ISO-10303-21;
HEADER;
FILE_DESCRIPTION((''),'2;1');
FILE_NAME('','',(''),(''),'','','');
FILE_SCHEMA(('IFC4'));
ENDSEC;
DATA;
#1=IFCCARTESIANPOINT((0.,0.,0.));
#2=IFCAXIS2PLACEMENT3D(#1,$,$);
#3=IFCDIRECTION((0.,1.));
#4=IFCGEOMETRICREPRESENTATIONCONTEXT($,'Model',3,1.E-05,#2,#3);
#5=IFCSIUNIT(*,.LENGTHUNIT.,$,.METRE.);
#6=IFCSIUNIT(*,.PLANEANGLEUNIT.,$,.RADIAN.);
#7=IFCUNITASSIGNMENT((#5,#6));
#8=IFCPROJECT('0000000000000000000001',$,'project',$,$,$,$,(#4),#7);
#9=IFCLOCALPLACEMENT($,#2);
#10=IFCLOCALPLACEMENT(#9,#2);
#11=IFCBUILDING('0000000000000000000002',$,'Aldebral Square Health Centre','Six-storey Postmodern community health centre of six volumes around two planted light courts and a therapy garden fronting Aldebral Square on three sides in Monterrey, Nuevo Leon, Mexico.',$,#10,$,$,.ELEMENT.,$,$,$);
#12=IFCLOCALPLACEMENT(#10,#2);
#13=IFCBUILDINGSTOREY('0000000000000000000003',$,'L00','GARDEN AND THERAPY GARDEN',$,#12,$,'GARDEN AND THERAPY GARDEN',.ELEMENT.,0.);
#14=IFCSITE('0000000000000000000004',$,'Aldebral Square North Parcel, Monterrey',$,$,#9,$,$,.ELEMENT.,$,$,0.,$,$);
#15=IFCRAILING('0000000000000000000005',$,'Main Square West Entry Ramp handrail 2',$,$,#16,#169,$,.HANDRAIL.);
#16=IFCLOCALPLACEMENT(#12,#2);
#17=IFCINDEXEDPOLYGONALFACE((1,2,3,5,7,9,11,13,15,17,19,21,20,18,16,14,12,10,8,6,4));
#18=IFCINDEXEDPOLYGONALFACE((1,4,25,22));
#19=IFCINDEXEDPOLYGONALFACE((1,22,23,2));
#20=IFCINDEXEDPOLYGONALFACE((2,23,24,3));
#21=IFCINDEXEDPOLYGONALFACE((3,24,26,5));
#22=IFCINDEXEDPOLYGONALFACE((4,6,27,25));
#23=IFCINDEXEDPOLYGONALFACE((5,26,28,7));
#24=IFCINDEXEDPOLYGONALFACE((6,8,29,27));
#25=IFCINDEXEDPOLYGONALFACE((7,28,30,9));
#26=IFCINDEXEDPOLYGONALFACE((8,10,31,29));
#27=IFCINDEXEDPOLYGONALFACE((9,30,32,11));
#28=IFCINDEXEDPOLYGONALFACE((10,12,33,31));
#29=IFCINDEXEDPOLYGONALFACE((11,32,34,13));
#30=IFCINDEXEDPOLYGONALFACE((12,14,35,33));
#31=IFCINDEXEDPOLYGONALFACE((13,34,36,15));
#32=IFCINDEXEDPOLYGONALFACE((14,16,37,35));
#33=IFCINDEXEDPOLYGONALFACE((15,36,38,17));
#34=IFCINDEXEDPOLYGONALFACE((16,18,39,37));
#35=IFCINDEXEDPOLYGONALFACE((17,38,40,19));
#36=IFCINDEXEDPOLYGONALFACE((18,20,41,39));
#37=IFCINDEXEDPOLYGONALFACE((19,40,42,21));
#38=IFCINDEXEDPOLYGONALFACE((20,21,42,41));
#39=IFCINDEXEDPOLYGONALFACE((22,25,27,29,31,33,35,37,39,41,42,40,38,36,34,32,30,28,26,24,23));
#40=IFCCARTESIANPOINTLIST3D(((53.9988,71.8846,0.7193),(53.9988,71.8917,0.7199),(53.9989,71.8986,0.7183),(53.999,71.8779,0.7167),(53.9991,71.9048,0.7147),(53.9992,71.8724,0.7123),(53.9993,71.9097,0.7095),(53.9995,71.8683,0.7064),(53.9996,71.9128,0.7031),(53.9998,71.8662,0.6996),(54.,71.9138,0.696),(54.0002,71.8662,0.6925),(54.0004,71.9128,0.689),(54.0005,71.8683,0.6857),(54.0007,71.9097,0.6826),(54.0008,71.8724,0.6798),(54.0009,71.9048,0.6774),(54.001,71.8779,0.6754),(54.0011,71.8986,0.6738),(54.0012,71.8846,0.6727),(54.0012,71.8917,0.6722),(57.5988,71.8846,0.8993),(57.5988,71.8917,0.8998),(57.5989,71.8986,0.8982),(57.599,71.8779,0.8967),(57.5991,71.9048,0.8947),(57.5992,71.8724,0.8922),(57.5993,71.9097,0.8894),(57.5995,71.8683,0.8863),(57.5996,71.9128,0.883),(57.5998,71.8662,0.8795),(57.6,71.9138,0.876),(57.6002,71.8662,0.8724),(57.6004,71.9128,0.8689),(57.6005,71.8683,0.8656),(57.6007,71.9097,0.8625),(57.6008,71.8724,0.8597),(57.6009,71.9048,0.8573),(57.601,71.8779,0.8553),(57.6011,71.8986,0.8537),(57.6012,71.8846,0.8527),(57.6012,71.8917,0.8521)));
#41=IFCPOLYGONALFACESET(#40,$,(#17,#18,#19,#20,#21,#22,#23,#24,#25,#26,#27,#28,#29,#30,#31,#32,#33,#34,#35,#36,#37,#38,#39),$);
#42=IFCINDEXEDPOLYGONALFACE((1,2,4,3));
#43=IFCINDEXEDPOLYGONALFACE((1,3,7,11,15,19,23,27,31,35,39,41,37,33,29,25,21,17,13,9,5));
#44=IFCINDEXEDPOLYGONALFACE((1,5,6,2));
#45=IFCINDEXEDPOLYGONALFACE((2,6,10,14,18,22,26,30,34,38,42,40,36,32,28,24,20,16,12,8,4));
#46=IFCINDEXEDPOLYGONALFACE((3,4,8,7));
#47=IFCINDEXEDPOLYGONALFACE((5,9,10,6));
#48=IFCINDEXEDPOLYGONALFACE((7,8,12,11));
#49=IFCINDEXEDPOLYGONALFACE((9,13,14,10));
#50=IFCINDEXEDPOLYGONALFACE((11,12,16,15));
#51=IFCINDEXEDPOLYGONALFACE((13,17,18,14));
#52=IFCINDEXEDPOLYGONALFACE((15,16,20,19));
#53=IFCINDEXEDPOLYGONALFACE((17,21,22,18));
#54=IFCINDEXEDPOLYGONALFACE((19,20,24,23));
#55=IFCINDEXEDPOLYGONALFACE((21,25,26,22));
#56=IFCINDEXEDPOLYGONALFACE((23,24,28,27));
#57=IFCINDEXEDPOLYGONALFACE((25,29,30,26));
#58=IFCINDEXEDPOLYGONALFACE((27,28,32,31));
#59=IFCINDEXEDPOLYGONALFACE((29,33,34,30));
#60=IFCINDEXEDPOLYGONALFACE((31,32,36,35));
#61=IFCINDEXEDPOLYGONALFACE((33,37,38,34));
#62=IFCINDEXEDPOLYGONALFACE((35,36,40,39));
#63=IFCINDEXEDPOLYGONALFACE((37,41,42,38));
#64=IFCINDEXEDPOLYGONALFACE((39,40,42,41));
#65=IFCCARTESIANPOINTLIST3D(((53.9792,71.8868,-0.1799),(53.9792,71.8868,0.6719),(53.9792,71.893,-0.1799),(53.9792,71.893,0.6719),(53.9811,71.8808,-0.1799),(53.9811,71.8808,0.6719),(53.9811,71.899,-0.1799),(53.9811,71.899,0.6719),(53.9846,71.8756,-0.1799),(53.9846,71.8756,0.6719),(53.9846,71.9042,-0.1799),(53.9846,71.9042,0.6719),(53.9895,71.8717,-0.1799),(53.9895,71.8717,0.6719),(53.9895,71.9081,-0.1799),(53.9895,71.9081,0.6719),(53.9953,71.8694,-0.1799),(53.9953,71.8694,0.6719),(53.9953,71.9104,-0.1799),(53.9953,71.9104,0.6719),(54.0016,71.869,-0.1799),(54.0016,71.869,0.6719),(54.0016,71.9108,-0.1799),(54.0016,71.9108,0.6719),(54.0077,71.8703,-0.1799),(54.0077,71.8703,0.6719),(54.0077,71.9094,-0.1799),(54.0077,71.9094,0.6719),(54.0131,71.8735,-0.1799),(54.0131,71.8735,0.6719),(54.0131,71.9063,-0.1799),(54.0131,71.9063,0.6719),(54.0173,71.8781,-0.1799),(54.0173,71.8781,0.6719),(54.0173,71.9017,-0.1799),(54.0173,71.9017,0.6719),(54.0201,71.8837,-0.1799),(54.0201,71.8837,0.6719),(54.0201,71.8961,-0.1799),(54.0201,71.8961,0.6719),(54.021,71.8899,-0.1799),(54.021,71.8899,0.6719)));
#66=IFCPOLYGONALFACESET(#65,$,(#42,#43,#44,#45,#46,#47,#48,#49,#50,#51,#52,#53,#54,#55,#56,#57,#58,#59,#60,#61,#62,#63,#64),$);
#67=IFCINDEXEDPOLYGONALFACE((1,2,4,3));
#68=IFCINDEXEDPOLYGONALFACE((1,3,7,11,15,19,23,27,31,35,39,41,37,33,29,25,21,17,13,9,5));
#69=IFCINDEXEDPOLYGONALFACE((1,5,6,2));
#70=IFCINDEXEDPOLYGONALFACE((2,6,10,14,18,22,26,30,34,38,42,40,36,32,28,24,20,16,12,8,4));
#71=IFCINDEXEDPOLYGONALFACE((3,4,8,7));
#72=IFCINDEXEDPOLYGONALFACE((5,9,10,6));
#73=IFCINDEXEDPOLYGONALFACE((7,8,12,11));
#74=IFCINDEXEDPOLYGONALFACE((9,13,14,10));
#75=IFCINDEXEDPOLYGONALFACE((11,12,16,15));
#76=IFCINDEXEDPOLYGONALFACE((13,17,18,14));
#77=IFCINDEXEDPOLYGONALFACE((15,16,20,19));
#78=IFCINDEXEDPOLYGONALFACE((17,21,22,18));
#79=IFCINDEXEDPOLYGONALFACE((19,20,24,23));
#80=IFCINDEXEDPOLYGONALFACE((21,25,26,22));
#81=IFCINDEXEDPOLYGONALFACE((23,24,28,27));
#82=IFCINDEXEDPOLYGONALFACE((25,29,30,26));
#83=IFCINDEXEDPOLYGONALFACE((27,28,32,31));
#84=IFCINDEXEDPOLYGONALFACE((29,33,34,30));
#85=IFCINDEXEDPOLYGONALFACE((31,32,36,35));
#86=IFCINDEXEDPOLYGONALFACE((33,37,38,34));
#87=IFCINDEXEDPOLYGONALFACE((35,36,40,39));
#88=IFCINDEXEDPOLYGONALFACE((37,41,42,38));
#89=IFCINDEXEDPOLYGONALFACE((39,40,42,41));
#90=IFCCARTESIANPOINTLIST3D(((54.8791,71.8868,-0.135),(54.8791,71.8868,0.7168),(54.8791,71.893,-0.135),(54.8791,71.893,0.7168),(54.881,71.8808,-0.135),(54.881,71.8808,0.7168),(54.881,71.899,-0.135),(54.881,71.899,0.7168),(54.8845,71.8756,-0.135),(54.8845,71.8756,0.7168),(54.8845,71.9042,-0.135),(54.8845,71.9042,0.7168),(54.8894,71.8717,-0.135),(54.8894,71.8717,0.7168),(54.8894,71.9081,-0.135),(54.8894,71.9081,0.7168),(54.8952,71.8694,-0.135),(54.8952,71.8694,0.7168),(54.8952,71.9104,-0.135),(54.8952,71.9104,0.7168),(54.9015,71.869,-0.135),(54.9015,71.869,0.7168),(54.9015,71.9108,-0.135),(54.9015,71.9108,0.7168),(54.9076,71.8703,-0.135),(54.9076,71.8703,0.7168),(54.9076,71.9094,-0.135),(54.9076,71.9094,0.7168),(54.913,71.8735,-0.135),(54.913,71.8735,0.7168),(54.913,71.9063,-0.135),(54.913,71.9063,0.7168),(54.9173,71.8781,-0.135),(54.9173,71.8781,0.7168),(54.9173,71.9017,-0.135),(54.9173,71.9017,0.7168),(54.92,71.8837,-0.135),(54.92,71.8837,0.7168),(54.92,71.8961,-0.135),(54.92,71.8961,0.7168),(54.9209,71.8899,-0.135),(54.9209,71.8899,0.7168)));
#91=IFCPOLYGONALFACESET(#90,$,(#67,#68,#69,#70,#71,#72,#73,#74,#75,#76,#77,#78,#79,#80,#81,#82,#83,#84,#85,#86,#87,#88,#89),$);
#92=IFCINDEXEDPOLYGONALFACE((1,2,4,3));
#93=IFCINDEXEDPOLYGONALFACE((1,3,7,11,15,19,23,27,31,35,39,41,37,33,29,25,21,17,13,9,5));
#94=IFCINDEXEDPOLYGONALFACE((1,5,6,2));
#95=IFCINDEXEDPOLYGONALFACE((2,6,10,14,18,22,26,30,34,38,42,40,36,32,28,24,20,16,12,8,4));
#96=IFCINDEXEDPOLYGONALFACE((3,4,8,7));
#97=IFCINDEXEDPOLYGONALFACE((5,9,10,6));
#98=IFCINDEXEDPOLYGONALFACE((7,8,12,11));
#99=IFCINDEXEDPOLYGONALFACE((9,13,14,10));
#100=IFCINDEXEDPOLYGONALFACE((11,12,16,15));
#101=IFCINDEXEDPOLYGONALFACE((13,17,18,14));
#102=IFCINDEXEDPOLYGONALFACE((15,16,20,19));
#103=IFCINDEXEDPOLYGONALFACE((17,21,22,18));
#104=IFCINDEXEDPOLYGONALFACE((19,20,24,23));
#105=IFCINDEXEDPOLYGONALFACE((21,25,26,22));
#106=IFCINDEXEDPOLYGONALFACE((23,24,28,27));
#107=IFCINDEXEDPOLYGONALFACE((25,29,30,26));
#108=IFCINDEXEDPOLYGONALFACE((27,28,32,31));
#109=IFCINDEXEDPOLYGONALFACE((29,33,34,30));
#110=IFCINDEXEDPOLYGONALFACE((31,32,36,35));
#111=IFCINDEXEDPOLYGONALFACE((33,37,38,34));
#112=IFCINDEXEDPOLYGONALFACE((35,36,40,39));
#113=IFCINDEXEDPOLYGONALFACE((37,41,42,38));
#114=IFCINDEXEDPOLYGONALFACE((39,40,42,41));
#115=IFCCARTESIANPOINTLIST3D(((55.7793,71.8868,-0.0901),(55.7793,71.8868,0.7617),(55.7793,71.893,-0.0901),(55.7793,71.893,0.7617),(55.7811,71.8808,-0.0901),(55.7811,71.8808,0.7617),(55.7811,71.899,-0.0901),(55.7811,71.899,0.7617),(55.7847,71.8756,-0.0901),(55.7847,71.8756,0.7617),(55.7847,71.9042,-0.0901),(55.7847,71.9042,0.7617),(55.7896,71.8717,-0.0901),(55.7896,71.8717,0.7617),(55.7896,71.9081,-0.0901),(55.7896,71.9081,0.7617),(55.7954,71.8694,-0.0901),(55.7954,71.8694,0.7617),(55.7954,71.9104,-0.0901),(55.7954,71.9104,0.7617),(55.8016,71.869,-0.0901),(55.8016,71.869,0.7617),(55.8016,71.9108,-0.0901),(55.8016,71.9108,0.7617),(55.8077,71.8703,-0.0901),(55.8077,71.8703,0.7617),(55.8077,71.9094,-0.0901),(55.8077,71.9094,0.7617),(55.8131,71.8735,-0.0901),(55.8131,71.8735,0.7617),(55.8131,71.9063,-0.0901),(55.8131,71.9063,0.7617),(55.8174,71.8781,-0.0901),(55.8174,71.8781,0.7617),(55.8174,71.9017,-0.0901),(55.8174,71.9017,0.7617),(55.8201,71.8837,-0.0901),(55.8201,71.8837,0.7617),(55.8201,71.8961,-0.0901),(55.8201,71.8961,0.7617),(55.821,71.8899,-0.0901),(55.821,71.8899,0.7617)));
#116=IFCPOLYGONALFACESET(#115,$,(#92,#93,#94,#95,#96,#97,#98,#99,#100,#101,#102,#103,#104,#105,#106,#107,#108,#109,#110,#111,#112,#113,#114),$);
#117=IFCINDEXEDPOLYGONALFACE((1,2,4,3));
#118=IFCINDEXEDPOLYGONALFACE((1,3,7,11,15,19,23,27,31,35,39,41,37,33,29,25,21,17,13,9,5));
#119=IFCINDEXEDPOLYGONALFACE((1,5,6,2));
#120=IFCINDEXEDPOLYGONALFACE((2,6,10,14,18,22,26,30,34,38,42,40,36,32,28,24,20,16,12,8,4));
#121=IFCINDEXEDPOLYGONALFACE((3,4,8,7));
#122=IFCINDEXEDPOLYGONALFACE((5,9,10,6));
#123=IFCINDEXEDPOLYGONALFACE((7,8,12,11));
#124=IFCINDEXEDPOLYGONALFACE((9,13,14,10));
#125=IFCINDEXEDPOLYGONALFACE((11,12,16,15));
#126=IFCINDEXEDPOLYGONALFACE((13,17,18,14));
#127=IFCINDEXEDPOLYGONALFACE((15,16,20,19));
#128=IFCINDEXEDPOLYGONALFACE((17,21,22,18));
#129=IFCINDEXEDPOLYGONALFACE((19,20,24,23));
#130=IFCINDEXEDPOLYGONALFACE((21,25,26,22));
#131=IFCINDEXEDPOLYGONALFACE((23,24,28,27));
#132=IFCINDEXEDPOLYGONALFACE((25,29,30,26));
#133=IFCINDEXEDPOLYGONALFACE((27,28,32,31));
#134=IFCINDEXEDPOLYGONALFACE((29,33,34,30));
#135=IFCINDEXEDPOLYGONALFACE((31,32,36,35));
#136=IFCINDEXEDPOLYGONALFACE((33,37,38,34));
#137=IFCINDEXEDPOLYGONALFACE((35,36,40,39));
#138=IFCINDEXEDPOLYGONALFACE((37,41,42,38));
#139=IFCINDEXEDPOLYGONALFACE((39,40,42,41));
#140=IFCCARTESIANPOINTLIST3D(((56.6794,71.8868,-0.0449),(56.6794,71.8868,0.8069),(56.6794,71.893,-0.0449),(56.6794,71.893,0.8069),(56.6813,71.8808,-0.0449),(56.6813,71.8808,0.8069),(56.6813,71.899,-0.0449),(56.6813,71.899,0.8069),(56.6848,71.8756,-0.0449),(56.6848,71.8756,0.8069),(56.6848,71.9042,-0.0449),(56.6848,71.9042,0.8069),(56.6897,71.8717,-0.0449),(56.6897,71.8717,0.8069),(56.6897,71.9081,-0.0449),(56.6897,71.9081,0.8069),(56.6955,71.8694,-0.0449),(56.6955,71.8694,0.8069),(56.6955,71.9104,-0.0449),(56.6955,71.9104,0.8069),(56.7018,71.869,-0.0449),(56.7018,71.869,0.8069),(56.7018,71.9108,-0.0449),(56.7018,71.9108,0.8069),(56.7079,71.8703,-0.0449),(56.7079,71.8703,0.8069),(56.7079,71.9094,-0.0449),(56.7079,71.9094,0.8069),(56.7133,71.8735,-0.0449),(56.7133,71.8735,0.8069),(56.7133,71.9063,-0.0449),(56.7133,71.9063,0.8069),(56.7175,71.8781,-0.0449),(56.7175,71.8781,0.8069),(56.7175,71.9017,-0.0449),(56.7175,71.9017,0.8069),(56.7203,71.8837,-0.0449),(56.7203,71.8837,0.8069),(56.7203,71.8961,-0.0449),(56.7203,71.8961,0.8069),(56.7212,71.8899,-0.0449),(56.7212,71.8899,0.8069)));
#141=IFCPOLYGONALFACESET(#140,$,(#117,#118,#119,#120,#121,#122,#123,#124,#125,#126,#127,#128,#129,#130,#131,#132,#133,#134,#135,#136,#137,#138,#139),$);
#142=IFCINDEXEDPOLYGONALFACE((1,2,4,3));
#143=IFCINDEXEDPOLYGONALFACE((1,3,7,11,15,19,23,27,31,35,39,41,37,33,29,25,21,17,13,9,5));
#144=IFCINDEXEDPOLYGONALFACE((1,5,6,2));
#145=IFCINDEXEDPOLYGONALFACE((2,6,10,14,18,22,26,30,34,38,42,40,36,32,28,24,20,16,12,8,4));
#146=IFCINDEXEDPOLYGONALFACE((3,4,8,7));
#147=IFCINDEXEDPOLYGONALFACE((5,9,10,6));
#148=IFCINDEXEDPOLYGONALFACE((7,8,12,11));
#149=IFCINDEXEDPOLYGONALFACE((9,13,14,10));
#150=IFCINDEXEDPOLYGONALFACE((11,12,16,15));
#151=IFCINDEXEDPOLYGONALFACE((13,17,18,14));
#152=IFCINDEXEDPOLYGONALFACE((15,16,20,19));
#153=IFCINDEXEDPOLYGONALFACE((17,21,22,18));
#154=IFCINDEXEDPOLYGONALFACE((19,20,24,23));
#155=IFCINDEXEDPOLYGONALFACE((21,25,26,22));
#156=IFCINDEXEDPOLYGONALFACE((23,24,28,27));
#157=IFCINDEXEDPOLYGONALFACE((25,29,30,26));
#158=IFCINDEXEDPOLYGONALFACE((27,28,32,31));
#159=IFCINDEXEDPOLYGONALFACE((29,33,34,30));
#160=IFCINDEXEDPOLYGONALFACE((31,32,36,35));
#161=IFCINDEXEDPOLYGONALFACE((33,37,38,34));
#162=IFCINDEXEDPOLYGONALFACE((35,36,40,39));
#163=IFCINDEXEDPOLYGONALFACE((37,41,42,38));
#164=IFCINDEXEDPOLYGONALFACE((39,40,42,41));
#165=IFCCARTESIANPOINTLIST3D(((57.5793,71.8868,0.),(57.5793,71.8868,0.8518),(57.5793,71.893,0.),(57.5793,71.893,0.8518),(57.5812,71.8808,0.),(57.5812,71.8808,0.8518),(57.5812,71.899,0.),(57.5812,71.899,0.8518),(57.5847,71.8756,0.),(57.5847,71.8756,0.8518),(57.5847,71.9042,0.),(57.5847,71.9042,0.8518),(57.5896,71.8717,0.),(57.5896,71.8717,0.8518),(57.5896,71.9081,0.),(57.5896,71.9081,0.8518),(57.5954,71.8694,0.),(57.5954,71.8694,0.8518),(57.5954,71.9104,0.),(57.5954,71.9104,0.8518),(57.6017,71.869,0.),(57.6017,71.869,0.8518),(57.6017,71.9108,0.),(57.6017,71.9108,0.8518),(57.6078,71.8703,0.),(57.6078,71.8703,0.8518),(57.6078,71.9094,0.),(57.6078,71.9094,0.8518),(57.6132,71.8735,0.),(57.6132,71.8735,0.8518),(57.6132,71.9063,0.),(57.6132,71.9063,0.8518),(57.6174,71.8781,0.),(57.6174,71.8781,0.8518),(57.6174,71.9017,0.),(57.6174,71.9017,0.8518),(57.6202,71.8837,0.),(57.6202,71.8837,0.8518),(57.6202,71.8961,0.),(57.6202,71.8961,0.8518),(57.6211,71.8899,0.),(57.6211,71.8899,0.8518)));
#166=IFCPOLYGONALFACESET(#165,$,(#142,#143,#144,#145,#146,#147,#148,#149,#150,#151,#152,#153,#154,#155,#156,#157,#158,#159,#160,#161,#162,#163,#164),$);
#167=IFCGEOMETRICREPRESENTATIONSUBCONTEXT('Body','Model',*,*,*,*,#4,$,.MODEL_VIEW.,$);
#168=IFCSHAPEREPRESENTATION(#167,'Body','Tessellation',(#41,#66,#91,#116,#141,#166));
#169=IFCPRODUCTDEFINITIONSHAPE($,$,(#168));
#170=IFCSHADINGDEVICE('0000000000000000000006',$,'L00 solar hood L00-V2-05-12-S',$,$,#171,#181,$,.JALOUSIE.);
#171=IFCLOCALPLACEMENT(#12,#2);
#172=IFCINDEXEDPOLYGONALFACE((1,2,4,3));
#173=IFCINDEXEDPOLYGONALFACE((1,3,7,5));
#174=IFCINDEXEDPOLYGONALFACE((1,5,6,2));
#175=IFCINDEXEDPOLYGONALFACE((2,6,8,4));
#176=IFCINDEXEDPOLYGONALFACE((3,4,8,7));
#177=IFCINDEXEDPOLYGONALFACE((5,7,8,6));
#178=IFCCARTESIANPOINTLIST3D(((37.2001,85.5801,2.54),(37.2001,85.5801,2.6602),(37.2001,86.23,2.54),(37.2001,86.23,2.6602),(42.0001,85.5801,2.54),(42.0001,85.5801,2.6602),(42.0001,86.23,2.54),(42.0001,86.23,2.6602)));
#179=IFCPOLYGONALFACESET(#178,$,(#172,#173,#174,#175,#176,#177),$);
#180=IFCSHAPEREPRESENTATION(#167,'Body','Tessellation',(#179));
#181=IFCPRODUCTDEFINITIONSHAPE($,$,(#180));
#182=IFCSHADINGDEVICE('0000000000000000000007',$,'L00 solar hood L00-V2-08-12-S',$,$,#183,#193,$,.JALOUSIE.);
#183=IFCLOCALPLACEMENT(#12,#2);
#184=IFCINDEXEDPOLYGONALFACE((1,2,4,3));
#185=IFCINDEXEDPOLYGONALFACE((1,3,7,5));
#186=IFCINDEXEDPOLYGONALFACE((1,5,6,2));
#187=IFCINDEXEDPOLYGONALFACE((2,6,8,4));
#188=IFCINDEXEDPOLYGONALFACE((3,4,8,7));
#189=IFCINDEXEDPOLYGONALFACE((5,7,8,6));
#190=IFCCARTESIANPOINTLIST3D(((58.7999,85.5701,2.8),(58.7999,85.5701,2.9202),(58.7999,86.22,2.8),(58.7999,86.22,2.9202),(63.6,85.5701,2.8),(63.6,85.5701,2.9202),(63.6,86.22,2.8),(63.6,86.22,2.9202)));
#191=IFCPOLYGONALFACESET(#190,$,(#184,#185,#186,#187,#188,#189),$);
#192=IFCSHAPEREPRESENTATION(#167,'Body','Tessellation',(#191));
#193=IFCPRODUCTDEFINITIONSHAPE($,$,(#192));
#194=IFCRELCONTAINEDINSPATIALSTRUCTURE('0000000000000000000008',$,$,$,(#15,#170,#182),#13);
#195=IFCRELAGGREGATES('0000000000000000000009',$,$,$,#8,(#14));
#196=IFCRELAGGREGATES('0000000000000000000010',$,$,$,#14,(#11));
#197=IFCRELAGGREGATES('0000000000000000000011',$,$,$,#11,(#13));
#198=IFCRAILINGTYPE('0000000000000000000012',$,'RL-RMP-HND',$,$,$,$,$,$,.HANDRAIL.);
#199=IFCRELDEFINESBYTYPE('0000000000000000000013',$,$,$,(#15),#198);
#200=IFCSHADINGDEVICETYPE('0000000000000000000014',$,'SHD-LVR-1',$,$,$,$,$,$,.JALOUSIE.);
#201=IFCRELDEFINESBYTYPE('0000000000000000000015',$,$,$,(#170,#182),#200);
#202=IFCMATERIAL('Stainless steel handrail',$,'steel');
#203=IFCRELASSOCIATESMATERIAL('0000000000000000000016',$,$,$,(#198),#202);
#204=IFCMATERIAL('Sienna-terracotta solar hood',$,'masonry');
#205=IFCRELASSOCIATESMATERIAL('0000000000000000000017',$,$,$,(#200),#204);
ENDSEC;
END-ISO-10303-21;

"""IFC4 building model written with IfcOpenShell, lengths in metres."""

from ifc_helpers import new_model, si_unit, direction, frame, origin, origin_2d, place, context, subcontext, project, spatial, rectangle, circle, extrude, material, type_object, element, save


model = new_model("IFC4")

# Units and contexts
model_context = context("Model", 3, precision=1e-05, world=origin(), true_north=direction((0.0, 1.0)))
body_context = subcontext(model_context, "Body", "Model", "MODEL_VIEW")
ifc_project = project(units=[si_unit("LENGTHUNIT", "METRE"), si_unit("PLANEANGLEUNIT", "RADIAN")], contexts=[model_context])

# Site, building, storey
site_placement = place(None, origin())
site = spatial("IfcSite", under=ifc_project, at=site_placement, Name="Aldebral Square North Parcel, Monterrey", CompositionType="ELEMENT", RefElevation=0.0)
building_placement = place(site_placement, origin())
building = spatial("IfcBuilding", under=site, at=building_placement, Name="Aldebral Square Health Centre", Description="Six-storey Postmodern community health centre of six volumes around two planted light courts and a therapy garden fronting Aldebral Square on three sides in Monterrey, Nuevo Leon, Mexico.", CompositionType="ELEMENT")
storey_placement = place(building_placement, origin())
storey = spatial("IfcBuildingStorey", under=building, at=storey_placement, Name="L00", Description="GARDEN AND THERAPY GARDEN", LongName="GARDEN AND THERAPY GARDEN", CompositionType="ELEMENT", Elevation=0.0)

# Railing
ifc_material_1 = material(Name="Stainless steel handrail", Category="steel")
railing_type = type_object("IfcRailingType", Name="RL-RMP-HND", PredefinedType="HANDRAIL", material=ifc_material_1)
for number, where, name in (
    (1, (54.0, 71.8899, -0.1799), "Main Square West Entry Ramp handrail 2"),
):
    element("IfcRailing", number, at=place(storey_placement, frame(where)), inside=storey, type_object=railing_type, Name=name, PredefinedType="HANDRAIL", context=body_context, shape_type="SweptSolid", body=[
        extrude(circle(Radius=0.0239, at=origin_2d()), frame((0.0, 0.0, 0.876), z_axis=(0.998753, 0.0, 0.049917), x_axis=(0.0, 1.0, 0.0)), (0.0, 0.0, 1.0), 3.6045),
        extrude(circle(Radius=0.021, at=origin_2d()), origin(), (0.0, 0.0, 1.0), 0.8518),
        extrude(circle(Radius=0.021, at=origin_2d()), frame((0.8999, 0.0, 0.0449)), (0.0, 0.0, 1.0), 0.8518),
        extrude(circle(Radius=0.021, at=origin_2d()), frame((1.8, 0.0, 0.0898)), (0.0, 0.0, 1.0), 0.8518),
        extrude(circle(Radius=0.021, at=origin_2d()), frame((2.7002, 0.0, 0.135)), (0.0, 0.0, 1.0), 0.8518),
        extrude(circle(Radius=0.021, at=origin_2d()), frame((3.6001, 0.0, 0.1799)), (0.0, 0.0, 1.0), 0.8518),
    ])

# Shading devices
ifc_material_2 = material(Name="Sienna-terracotta solar hood", Category="masonry")
shading_device_type = type_object("IfcShadingDeviceType", Name="SHD-LVR-1", PredefinedType="JALOUSIE", material=ifc_material_2)
for number, where, z_axis, x_axis, name in (
    (2, (39.6001, 85.905, 2.54), (0.0, 0.0, 1.0), (1.0, 0.0, 0.0), "L00 solar hood L00-V2-05-12-S"),
    (3, (61.2, 85.895, 2.8), (0.0, 0.0, 1.0), (1.0, 0.0, 0.0), "L00 solar hood L00-V2-08-12-S"),
):
    element("IfcShadingDevice", number, at=place(storey_placement, frame(where, z_axis=z_axis, x_axis=x_axis)), inside=storey, type_object=shading_device_type, Name=name, PredefinedType="JALOUSIE", context=body_context, shape_type="SweptSolid", body=[
        extrude(rectangle(XDim=4.8, YDim=0.6499, at=origin_2d()), origin(), (0.0, 0.0, 1.0), 0.1201),
    ])

save(model, "model.ifc")
